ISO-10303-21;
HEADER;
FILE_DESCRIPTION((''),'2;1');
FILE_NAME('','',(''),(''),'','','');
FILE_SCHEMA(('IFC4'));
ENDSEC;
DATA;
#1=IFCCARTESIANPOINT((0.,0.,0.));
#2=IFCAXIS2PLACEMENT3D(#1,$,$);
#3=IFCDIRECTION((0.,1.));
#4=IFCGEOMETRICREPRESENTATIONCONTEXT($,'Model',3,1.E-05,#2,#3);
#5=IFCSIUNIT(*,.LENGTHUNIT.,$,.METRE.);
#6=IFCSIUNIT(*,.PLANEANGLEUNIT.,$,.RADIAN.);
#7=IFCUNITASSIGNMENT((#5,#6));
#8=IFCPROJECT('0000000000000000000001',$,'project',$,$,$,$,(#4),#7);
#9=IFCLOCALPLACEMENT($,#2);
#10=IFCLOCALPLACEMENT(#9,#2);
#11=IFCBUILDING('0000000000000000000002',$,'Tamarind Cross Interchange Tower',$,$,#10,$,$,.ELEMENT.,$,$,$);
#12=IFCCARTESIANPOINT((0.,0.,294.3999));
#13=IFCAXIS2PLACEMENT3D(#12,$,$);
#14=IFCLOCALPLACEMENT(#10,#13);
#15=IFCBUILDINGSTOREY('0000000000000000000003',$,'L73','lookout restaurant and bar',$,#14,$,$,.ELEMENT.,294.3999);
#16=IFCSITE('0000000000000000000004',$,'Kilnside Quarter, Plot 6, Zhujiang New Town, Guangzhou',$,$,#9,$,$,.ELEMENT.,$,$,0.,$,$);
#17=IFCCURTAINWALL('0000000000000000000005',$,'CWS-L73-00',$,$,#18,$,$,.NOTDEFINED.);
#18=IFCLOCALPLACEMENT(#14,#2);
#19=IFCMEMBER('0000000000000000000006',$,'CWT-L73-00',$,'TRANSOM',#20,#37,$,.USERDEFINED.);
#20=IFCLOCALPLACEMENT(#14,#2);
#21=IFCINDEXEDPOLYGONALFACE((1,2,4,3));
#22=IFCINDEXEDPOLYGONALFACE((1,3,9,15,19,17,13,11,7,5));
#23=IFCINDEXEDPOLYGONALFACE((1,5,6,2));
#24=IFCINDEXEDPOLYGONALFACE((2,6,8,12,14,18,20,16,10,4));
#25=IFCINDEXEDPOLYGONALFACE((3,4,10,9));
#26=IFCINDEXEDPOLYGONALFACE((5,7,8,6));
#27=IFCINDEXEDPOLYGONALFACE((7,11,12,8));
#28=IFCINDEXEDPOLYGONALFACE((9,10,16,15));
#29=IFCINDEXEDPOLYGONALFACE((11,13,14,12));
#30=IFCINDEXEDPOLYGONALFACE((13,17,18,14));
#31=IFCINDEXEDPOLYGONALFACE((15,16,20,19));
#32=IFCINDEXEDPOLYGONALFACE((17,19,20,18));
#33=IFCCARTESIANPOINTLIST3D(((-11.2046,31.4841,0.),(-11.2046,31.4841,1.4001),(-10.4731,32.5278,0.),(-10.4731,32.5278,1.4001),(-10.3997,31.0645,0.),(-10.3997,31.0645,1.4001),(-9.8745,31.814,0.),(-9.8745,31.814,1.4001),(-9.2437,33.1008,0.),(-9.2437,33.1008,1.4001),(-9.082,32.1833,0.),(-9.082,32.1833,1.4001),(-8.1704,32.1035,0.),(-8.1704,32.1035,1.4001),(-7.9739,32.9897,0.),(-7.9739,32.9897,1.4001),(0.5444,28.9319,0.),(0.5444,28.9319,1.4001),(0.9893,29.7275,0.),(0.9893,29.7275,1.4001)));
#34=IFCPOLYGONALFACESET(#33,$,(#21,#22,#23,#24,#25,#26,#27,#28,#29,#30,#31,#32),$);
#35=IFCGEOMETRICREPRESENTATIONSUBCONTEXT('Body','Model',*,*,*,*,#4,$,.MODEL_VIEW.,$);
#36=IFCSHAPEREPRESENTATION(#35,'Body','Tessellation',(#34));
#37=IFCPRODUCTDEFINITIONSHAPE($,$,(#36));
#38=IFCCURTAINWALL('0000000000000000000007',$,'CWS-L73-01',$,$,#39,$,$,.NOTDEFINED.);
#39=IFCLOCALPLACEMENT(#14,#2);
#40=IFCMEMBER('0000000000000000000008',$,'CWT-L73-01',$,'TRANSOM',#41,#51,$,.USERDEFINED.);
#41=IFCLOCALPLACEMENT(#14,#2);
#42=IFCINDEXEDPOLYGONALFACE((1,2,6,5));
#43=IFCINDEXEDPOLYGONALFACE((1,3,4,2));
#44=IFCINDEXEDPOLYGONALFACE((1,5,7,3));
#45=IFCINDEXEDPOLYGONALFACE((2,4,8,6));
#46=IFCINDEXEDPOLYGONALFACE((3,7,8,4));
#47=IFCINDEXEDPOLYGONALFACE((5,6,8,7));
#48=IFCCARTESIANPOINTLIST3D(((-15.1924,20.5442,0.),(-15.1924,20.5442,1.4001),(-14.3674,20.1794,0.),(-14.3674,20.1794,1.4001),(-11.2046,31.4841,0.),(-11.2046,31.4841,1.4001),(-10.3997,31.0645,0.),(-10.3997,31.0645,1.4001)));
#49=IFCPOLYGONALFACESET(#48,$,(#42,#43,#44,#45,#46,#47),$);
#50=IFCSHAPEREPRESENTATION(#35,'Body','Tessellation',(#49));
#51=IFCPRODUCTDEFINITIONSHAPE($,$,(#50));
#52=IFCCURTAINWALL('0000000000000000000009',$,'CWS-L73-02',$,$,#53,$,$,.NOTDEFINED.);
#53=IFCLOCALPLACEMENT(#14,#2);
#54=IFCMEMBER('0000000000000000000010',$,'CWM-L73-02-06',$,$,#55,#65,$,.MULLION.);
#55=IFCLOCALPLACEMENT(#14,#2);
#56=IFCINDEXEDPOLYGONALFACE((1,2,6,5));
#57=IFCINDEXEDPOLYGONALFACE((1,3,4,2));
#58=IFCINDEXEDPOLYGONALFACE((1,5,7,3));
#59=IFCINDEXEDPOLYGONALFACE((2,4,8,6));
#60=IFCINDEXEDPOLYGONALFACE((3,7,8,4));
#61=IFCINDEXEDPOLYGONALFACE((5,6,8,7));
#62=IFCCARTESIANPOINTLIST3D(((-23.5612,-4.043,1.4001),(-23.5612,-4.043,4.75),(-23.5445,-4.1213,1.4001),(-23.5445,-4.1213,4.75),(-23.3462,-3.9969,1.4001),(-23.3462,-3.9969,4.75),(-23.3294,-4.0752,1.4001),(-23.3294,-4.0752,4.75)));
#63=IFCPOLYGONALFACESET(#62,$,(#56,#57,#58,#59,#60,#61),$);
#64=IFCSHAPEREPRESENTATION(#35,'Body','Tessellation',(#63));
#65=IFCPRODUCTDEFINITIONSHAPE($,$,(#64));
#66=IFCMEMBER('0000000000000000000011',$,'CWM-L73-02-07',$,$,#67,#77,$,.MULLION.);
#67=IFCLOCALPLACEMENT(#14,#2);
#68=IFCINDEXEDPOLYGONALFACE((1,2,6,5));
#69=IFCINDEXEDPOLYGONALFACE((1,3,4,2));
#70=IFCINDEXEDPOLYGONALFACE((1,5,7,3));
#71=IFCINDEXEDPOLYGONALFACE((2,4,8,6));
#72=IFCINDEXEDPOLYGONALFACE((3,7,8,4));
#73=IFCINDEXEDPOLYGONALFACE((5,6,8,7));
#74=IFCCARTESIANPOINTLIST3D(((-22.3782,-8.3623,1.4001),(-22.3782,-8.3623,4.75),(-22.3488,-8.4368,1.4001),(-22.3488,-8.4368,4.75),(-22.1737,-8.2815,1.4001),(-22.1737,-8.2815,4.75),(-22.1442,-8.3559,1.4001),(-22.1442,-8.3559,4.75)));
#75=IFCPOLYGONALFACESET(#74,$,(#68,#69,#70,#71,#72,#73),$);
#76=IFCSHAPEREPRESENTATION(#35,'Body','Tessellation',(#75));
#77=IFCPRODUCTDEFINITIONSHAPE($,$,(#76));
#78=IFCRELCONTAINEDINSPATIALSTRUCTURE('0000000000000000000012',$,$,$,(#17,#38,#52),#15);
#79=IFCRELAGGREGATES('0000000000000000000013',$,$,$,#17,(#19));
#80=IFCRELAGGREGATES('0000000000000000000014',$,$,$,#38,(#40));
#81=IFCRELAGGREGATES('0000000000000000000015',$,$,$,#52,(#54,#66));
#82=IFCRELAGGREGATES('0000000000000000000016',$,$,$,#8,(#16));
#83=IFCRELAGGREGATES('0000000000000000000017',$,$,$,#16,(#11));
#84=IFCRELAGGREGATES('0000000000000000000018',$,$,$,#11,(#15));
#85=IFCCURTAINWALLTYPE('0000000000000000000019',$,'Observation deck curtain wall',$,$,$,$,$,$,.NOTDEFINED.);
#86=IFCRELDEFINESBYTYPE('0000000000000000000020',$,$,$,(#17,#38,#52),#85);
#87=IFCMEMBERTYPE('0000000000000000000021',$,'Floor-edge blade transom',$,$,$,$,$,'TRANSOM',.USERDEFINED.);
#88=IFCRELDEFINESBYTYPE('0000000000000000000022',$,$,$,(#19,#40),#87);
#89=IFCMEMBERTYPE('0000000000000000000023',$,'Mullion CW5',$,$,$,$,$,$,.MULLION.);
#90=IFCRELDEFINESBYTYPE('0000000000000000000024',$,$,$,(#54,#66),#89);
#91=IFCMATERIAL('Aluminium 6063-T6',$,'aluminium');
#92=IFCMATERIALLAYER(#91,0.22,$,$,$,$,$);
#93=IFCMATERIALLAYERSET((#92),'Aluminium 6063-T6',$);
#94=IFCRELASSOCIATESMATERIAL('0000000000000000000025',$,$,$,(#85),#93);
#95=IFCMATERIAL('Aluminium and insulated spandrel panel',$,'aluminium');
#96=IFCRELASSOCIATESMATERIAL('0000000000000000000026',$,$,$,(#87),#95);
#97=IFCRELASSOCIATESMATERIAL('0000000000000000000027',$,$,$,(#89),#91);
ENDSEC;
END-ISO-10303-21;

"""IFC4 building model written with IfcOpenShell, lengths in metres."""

from ifc_helpers import new_model, si_unit, direction, frame, origin, origin_2d, place, context, subcontext, project, spatial, polyline, rectangle, outline, extrude, material, layer, layer_set, material_profile, profile_set, type_object, element, aggregate, save


model = new_model("IFC4")

# Units and contexts
model_context = context("Model", 3, precision=1e-05, world=origin(), true_north=direction((0.0, 1.0)))
body_context = subcontext(model_context, "Body", "Model", "MODEL_VIEW")
ifc_project = project(units=[si_unit("LENGTHUNIT", "METRE"), si_unit("PLANEANGLEUNIT", "RADIAN")], contexts=[model_context])

# Site, building, storey
site_placement = place(None, origin())
site = spatial("IfcSite", under=ifc_project, at=site_placement, Name="Kilnside Quarter, Plot 6, Zhujiang New Town, Guangzhou", CompositionType="ELEMENT", RefElevation=0.0)
building_placement = place(site_placement, origin())
building = spatial("IfcBuilding", under=site, at=building_placement, Name="Tamarind Cross Interchange Tower", CompositionType="ELEMENT")
storey_placement = place(building_placement, frame((0.0, 0.0, 294.3999)))
storey = spatial("IfcBuildingStorey", under=building, at=storey_placement, Name="L73", Description="lookout restaurant and bar", CompositionType="ELEMENT", Elevation=294.3999)

# Curtain walls, members
ifc_material_1 = material(Name="Aluminium 6063-T6", Category="aluminium")
ifc_layer_1 = layer(ifc_material_1, 0.22)
ifc_layer_set_1 = layer_set([ifc_layer_1], Name="Aluminium 6063-T6")
curtain_wall_type = type_object("IfcCurtainWallType", Name="Observation deck curtain wall", PredefinedType="NOTDEFINED", material=ifc_layer_set_1)
curtain_wall_1_placement = place(storey_placement, origin())
curtain_wall_1 = element("IfcCurtainWall", 1, at=curtain_wall_1_placement, inside=storey, type_object=curtain_wall_type, Name="CWS-L73-00", PredefinedType="NOTDEFINED")
ifc_material_2 = material(Name="Aluminium and insulated spandrel panel", Category="aluminium")
member_type_1 = type_object("IfcMemberType", Name="Floor-edge blade transom", ElementType="TRANSOM", PredefinedType="USERDEFINED", material=ifc_material_2)
member_1_placement = place(storey_placement, origin())
member_1 = element("IfcMember", 2, at=member_1_placement, type_object=member_type_1, Name="CWT-L73-00", ObjectType="TRANSOM", PredefinedType="USERDEFINED", context=body_context, shape_type="SweptSolid", body=[
    extrude(outline(polyline([(0.5444, 28.9319), (-8.1704, 32.1035), (-9.082, 32.1833), (-9.8745, 31.814), (-10.3997, 31.0645), (-11.2046, 31.4841), (-10.4731, 32.5278), (-9.2437, 33.1008), (-7.9739, 32.9897), (0.9893, 29.7275), (0.5444, 28.9319)])), origin(), (0.0, 0.0, 1.0), 1.4001),
])
curtain_wall_2_placement = place(storey_placement, origin())
curtain_wall_2 = element("IfcCurtainWall", 3, at=curtain_wall_2_placement, inside=storey, type_object=curtain_wall_type, Name="CWS-L73-01", PredefinedType="NOTDEFINED")
member_2_placement = place(storey_placement, origin())
member_2 = element("IfcMember", 4, at=member_2_placement, type_object=member_type_1, Name="CWT-L73-01", ObjectType="TRANSOM", PredefinedType="USERDEFINED", context=body_context, shape_type="SweptSolid", body=[
    extrude(outline(polyline([(-10.3997, 31.0645), (-14.3674, 20.1794), (-15.1924, 20.5442), (-11.2046, 31.4841), (-10.3997, 31.0645)])), origin(), (0.0, 0.0, 1.0), 1.4001),
])

# Curtain wall, members
curtain_wall_3_placement = place(storey_placement, origin())
curtain_wall_3 = element("IfcCurtainWall", 5, at=curtain_wall_3_placement, inside=storey, type_object=curtain_wall_type, Name="CWS-L73-02", PredefinedType="NOTDEFINED")
ifc_material_profile_1 = material_profile(ifc_material_1, rectangle(XDim=0.0801, YDim=0.22, at=origin_2d()), Name="Mullion CW5")
ifc_profile_set_1 = profile_set([ifc_material_profile_1], Name="Aluminium 6063-T6")
member_type_2 = type_object("IfcMemberType", Name="Mullion CW5", PredefinedType="MULLION", material=ifc_profile_set_1)
member_3_placement = place(storey_placement, frame((-23.4453, -4.0591, 1.4001), z_axis=(0.0, 0.0, 1.0), x_axis=(0.209425, -0.977825, 0.0)))
member_3 = element("IfcMember", 6, at=member_3_placement, type_object=member_type_2, Name="CWM-L73-02-06", PredefinedType="MULLION", context=body_context, shape_type="SweptSolid", body=[
    extrude(rectangle(XDim=0.0801, YDim=0.22, at=origin_2d()), origin(), (0.0, 0.0, 1.0), 3.3499),
])
member_4_placement = place(storey_placement, frame((-22.2612, -8.3591, 1.4001), z_axis=(0.0, 0.0, 1.0), x_axis=(0.367514, -0.930018, 0.0)))
member_4 = element("IfcMember", 7, at=member_4_placement, type_object=member_type_2, Name="CWM-L73-02-07", PredefinedType="MULLION", context=body_context, shape_type="SweptSolid", body=[
    extrude(rectangle(XDim=0.0801, YDim=0.22, at=origin_2d()), origin(), (0.0, 0.0, 1.0), 3.3499),
])

aggregate(curtain_wall_1, [member_1])
aggregate(curtain_wall_2, [member_2])
aggregate(curtain_wall_3, [member_3, member_4])

save(model, "model.ifc")
